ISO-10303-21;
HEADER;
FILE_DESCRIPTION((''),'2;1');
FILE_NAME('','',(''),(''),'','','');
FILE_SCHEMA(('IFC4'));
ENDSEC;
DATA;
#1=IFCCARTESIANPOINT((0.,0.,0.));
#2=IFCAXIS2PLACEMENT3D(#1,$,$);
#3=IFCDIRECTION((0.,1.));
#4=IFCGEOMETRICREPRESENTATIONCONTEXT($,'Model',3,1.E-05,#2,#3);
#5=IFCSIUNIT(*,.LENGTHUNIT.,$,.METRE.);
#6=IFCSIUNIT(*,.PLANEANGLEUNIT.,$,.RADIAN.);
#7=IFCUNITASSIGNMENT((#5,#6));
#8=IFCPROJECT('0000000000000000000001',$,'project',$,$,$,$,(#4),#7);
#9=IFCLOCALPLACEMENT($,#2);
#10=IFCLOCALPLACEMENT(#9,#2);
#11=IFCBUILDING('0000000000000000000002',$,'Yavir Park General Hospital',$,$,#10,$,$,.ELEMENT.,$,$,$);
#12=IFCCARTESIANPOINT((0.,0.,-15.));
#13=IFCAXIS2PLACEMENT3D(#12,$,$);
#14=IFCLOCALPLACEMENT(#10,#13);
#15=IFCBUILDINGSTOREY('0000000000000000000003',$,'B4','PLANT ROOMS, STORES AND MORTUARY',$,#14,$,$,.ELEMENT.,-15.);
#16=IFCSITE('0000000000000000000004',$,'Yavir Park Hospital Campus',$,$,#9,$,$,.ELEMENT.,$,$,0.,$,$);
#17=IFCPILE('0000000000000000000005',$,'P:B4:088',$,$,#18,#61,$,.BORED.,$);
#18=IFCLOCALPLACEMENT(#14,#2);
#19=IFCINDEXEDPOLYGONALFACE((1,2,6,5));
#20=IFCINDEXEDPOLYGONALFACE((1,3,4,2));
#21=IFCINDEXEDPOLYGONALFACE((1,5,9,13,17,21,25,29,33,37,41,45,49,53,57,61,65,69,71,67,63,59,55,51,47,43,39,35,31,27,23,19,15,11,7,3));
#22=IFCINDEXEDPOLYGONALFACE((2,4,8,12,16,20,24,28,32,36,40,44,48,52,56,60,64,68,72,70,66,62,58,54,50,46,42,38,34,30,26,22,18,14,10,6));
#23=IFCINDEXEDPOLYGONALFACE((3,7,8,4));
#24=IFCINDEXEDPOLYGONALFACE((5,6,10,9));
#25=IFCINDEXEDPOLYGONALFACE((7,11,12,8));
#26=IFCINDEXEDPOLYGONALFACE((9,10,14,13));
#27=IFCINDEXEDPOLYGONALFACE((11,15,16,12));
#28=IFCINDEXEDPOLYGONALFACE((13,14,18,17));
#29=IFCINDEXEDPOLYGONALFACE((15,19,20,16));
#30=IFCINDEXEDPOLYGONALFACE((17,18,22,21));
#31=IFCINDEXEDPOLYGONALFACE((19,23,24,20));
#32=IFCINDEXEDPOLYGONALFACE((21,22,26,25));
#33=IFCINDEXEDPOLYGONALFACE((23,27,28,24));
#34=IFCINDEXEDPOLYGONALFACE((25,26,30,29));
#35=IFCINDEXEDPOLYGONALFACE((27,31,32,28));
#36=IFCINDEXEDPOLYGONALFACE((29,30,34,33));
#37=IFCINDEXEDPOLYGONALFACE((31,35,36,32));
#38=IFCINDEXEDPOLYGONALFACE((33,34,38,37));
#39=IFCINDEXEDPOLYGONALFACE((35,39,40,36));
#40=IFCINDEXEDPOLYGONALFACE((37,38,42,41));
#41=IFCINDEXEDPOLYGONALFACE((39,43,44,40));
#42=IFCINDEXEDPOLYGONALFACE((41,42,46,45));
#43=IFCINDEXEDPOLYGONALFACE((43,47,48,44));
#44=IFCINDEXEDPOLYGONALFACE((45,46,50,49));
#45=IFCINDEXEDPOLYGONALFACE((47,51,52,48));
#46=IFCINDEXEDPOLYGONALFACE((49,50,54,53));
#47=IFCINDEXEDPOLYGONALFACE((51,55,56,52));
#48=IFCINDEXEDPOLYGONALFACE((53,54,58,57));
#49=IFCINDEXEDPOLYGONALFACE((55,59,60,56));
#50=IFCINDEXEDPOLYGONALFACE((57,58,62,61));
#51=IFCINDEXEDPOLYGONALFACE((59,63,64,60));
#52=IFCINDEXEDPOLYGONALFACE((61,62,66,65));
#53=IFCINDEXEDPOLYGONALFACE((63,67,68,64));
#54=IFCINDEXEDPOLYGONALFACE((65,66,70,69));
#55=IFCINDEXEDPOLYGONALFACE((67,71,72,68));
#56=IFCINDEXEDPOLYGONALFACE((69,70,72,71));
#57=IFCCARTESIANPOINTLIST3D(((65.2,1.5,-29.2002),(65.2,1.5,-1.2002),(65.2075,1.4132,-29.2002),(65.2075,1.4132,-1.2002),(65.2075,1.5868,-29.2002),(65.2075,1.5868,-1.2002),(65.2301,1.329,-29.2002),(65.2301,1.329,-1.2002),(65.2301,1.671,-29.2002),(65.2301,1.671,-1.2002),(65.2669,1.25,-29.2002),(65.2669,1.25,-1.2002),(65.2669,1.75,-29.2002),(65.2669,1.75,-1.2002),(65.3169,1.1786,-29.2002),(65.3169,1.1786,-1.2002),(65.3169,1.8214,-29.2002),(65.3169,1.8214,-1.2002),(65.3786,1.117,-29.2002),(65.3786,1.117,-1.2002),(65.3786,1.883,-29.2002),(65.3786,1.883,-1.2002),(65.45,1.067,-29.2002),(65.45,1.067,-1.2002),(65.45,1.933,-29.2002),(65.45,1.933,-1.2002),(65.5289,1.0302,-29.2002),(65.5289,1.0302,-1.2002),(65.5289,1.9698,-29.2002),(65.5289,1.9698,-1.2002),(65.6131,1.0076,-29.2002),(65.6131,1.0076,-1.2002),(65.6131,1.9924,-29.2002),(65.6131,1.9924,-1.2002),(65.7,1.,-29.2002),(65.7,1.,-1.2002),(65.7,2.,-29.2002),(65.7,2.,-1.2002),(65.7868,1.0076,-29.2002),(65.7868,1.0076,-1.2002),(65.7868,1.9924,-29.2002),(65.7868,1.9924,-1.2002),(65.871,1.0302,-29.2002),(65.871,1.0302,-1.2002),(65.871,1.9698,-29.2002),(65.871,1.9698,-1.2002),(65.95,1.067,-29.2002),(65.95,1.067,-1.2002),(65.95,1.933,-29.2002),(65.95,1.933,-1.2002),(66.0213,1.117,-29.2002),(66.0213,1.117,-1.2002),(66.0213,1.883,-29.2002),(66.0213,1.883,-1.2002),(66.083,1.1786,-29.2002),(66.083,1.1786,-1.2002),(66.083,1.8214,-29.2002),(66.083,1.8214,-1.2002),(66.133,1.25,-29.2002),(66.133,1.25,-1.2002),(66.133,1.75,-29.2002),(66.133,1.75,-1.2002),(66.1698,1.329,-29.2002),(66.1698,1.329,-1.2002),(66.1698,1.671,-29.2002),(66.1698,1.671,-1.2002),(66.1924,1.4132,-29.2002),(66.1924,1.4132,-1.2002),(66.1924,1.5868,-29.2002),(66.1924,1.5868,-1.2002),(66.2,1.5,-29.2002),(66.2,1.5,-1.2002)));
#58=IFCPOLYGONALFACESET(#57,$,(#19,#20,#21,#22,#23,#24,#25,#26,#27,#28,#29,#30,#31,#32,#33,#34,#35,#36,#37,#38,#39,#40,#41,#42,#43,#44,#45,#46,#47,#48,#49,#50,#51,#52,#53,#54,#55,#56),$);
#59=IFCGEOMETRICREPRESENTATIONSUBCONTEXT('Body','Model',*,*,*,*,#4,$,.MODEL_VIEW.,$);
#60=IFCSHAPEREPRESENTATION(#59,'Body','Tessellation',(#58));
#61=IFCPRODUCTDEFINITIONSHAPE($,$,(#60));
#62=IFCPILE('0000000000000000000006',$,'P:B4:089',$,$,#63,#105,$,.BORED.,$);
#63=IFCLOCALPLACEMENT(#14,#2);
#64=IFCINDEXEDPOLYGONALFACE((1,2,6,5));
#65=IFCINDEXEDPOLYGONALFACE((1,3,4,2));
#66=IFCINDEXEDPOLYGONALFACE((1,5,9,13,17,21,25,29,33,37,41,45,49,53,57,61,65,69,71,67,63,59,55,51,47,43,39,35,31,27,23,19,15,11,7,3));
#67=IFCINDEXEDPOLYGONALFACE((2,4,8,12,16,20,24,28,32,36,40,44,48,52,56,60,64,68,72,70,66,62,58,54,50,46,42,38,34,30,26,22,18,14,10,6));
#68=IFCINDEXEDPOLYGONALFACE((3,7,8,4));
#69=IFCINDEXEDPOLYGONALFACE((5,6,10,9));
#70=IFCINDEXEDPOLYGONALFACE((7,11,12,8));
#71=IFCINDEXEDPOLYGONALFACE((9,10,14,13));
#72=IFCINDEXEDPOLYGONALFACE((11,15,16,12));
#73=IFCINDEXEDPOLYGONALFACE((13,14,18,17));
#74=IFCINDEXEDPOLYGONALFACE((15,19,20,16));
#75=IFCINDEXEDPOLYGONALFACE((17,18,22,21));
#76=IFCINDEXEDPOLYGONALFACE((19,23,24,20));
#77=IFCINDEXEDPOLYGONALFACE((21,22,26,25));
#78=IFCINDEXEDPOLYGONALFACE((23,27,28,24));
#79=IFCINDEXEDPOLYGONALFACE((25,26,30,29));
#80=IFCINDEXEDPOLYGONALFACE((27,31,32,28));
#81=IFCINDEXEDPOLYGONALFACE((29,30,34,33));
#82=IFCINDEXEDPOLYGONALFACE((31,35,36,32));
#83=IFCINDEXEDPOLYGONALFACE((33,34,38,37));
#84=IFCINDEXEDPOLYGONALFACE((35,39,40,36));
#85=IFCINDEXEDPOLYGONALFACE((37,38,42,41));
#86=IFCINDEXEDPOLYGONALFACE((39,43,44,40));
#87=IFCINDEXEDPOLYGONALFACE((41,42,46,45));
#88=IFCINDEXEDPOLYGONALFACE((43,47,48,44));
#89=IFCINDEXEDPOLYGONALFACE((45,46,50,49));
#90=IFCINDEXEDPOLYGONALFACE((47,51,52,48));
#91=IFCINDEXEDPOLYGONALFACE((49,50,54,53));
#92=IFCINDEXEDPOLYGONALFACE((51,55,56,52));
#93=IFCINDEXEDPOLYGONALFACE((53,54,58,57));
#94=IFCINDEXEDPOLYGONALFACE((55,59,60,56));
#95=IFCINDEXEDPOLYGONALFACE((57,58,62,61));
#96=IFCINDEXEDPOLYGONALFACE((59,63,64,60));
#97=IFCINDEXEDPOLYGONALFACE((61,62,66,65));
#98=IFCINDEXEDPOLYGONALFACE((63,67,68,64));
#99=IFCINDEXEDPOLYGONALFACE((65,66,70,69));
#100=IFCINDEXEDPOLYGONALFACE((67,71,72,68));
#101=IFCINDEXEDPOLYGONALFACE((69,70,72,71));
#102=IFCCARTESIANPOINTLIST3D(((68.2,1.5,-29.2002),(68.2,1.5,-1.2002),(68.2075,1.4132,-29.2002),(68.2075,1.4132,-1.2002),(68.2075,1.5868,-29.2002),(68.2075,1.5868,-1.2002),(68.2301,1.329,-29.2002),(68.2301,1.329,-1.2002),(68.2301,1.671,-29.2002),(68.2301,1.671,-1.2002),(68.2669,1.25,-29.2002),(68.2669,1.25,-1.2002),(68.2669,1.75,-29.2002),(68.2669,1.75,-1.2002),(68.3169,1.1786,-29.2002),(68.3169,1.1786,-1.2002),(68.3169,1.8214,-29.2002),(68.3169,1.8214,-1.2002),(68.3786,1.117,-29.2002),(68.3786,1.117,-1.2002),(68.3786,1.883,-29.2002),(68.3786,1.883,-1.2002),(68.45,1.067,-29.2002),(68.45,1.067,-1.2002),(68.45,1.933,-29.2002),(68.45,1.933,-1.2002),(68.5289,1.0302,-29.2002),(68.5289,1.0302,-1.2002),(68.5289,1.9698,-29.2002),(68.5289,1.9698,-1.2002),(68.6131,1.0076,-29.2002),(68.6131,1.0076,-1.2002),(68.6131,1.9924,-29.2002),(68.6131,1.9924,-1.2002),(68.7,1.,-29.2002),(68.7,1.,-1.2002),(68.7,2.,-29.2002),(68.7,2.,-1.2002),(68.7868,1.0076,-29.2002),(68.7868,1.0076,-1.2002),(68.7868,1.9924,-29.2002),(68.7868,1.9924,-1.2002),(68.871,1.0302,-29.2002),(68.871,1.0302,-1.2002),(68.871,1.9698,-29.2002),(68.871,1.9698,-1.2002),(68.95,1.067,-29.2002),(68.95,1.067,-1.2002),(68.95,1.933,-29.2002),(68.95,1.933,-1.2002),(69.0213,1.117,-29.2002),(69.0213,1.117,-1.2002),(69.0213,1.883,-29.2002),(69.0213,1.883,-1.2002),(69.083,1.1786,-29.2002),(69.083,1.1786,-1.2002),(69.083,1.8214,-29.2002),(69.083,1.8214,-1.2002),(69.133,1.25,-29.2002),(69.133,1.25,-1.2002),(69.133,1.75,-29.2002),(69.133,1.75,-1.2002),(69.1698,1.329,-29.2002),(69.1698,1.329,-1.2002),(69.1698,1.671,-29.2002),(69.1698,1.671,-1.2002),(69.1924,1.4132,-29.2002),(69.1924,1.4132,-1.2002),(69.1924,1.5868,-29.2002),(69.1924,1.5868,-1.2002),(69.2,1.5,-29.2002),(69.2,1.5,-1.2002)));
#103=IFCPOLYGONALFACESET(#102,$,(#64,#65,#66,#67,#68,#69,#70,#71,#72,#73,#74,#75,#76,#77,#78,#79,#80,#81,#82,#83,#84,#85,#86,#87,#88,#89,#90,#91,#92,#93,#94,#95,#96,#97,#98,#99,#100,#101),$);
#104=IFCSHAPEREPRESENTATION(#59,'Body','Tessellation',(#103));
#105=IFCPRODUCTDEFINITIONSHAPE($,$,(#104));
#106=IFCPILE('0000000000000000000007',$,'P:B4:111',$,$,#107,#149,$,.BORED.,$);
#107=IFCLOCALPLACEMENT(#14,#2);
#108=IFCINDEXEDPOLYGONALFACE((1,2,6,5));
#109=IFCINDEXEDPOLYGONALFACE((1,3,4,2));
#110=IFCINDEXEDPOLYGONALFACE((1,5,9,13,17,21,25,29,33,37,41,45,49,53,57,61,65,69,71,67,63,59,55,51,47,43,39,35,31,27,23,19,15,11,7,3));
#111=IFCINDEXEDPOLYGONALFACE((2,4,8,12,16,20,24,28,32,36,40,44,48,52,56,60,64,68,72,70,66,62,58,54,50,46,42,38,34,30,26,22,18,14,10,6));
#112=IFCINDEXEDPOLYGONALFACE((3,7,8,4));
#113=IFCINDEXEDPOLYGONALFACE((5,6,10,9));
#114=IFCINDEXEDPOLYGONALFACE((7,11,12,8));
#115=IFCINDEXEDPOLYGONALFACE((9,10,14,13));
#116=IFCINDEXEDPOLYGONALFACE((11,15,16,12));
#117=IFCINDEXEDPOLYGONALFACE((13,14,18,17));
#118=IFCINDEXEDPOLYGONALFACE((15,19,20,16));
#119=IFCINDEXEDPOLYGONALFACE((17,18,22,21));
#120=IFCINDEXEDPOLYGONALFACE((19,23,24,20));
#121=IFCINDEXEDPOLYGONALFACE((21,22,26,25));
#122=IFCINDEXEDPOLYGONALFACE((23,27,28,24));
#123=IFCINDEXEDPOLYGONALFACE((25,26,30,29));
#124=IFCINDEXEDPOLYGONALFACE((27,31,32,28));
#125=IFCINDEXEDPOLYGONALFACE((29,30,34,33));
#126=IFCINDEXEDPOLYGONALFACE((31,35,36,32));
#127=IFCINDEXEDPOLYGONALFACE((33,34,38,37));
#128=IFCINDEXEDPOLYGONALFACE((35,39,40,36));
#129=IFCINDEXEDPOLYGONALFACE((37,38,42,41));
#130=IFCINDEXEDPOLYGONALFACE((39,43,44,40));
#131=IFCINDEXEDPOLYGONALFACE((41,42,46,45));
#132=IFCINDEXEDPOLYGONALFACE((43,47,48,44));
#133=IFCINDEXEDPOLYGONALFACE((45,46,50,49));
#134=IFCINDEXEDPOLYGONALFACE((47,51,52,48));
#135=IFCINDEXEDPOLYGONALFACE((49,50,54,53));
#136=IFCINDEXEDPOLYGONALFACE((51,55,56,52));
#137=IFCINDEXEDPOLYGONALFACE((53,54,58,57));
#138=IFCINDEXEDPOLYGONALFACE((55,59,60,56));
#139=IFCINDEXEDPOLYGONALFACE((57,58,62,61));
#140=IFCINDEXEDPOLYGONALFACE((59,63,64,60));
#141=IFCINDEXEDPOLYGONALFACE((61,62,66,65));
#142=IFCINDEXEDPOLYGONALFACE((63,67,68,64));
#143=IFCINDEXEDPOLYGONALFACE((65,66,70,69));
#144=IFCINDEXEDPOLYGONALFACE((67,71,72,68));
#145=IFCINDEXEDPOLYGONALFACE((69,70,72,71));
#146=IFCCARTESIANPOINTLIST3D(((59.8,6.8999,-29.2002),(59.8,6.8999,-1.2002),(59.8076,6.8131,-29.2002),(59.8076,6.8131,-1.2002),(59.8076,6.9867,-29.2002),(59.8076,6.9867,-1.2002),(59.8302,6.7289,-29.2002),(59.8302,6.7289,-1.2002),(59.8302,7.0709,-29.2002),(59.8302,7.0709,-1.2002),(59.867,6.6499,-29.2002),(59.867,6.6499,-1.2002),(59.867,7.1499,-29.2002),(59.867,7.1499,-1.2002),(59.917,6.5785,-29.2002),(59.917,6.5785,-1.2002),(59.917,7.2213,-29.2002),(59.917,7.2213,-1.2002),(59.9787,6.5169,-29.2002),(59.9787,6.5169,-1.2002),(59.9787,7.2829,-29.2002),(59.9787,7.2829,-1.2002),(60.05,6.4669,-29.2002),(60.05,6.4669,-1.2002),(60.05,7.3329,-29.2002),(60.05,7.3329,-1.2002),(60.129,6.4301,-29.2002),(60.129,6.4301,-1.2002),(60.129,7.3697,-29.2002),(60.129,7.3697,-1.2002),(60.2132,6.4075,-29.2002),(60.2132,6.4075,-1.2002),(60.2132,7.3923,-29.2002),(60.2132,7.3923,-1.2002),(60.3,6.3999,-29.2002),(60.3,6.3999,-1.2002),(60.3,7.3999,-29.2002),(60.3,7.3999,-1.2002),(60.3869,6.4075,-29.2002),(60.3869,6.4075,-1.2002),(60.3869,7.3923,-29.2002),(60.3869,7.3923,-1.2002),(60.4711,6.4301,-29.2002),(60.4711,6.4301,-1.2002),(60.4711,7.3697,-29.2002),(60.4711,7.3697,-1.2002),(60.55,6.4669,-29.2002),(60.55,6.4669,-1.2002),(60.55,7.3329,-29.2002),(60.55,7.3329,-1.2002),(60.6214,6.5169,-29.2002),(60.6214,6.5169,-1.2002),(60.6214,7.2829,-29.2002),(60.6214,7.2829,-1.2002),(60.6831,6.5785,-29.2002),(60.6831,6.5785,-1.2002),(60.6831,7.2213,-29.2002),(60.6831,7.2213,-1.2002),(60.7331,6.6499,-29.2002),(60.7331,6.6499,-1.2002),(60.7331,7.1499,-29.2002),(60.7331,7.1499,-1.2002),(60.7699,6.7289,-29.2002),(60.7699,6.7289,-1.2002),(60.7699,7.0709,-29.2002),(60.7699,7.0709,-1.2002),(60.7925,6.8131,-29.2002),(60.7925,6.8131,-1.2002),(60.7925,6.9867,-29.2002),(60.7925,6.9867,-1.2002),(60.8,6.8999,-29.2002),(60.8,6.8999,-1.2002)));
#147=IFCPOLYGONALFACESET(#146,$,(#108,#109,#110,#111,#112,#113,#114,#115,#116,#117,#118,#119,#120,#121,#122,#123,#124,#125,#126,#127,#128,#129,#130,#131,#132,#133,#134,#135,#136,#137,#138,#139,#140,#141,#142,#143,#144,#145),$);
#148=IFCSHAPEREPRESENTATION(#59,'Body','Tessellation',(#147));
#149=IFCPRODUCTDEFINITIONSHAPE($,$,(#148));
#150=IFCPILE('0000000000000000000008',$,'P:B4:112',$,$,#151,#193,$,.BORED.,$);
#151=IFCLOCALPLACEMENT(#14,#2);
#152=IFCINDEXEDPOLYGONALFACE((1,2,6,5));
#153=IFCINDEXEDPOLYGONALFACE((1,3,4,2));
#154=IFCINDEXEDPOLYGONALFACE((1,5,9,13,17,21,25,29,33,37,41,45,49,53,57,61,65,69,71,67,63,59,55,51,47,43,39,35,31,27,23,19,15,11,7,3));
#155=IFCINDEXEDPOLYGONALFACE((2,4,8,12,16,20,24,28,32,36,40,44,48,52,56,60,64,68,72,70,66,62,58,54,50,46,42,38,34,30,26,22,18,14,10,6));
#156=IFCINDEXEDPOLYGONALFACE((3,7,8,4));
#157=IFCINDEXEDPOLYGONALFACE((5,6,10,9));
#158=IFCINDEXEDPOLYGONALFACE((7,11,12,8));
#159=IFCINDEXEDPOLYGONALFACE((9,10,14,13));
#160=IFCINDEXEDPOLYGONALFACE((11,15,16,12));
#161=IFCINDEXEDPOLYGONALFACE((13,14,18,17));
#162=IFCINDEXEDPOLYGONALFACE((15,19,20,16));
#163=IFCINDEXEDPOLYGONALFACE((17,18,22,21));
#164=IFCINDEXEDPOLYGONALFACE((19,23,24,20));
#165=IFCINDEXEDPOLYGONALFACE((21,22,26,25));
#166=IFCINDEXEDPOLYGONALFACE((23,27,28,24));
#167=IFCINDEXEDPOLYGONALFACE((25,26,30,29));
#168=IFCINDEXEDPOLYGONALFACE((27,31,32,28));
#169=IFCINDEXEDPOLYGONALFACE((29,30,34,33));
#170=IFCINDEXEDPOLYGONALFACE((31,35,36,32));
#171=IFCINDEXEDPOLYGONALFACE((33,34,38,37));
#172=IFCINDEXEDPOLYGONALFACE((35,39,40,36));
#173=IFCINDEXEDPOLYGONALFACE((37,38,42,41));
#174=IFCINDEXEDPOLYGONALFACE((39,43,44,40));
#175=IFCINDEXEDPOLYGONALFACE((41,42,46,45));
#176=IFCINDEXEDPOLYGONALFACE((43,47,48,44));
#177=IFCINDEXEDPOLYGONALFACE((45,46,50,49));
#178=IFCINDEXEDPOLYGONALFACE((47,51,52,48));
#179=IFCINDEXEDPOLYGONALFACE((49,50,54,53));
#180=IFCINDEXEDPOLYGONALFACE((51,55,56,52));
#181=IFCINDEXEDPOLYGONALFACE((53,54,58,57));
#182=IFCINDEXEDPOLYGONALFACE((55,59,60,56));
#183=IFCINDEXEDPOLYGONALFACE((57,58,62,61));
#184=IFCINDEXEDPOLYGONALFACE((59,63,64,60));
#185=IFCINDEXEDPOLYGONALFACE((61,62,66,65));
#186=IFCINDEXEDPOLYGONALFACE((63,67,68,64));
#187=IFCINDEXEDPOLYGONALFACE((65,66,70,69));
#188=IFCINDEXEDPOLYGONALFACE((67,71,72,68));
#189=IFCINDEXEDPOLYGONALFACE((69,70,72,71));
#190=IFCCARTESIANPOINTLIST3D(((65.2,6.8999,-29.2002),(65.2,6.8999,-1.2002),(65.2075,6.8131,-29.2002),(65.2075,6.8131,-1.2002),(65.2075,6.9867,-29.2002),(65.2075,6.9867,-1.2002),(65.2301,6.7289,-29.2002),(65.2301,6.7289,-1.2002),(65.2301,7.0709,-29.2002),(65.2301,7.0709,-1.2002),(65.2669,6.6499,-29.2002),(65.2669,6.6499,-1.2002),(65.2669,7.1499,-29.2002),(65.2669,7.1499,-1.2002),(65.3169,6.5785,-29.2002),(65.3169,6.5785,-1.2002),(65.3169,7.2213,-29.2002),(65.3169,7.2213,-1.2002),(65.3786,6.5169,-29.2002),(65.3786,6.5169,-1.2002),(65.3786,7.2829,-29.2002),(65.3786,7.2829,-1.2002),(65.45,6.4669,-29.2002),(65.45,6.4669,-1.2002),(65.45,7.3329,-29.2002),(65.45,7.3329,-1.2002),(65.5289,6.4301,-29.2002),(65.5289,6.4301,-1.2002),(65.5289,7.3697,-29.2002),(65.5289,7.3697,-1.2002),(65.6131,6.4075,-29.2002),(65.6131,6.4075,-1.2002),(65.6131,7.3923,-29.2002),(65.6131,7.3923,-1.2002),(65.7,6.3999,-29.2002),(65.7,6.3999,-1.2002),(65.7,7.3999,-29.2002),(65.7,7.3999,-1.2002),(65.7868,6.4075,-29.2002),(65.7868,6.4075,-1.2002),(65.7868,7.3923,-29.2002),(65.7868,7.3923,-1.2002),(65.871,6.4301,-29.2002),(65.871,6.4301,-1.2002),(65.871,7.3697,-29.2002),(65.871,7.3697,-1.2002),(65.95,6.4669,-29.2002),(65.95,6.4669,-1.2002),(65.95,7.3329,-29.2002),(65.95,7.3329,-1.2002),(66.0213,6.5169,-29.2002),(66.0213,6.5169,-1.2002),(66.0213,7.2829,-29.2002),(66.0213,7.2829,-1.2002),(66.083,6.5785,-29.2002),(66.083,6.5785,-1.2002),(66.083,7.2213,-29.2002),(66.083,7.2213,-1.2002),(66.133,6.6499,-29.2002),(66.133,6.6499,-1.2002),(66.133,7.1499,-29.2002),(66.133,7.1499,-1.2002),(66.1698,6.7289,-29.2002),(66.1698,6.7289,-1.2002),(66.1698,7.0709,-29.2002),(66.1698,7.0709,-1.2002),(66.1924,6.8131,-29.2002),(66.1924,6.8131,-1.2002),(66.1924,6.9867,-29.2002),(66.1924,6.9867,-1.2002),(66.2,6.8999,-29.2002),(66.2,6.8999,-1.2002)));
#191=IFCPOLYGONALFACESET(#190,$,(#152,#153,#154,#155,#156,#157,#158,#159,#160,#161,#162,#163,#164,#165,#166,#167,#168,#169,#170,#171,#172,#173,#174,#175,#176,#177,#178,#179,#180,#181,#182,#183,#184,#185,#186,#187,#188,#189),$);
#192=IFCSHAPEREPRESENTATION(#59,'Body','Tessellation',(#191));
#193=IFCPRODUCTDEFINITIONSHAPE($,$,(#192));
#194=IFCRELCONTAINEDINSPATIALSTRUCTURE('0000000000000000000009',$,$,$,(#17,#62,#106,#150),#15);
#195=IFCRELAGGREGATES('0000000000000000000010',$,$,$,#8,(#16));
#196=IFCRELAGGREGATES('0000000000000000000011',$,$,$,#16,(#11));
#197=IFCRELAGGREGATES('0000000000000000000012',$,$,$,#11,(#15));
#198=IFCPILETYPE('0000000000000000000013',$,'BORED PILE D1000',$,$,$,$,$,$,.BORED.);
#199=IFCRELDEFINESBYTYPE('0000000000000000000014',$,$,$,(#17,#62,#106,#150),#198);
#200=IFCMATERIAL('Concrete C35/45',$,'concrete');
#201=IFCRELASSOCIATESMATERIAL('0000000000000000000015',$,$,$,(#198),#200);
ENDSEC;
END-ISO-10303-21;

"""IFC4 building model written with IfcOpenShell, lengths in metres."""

from ifc_helpers import new_model, si_unit, direction, frame, origin, origin_2d, place, context, subcontext, project, spatial, circle, extrude, material, material_profile, profile_set, type_object, element, save


model = new_model("IFC4")

# Units and contexts
model_context = context("Model", 3, precision=1e-05, world=origin(), true_north=direction((0.0, 1.0)))
body_context = subcontext(model_context, "Body", "Model", "MODEL_VIEW")
ifc_project = project(units=[si_unit("LENGTHUNIT", "METRE"), si_unit("PLANEANGLEUNIT", "RADIAN")], contexts=[model_context])

# Site, building, storey
site_placement = place(None, origin())
site = spatial("IfcSite", under=ifc_project, at=site_placement, Name="Yavir Park Hospital Campus", CompositionType="ELEMENT", RefElevation=0.0)
building_placement = place(site_placement, origin())
building = spatial("IfcBuilding", under=site, at=building_placement, Name="Yavir Park General Hospital", CompositionType="ELEMENT")
storey_placement = place(building_placement, frame((0.0, 0.0, -15.0)))
storey = spatial("IfcBuildingStorey", under=building, at=storey_placement, Name="B4", Description="PLANT ROOMS, STORES AND MORTUARY", CompositionType="ELEMENT", Elevation=-15.0)

# Piles
ifc_material_1 = material(Name="Concrete C35/45", Category="concrete")
ifc_material_profile_1 = material_profile(ifc_material_1, circle(Radius=0.5, at=origin_2d()), Name="D1000")
ifc_profile_set_1 = profile_set([ifc_material_profile_1], Name="Concrete C35/45")
pile_type_1 = type_object("IfcPileType", Name="BORED PILE D1000", PredefinedType="BORED", material=ifc_profile_set_1)
for number, where, z_axis, x_axis, name in (
    (1, (65.7, 1.5, -1.2002), (0.0, 0.0, -1.0), (1.0, 0.0, 0.0), "P:B4:088"),
    (2, (68.7, 1.5, -1.2002), (0.0, 0.0, -1.0), (1.0, 0.0, 0.0), "P:B4:089"),
    (3, (60.3, 6.8999, -1.2002), (0.0, 0.0, -1.0), (1.0, 0.0, 0.0), "P:B4:111"),
    (4, (65.7, 6.8999, -1.2002), (0.0, 0.0, -1.0), (1.0, 0.0, 0.0), "P:B4:112"),
):
    element("IfcPile", number, at=place(storey_placement, frame(where, z_axis=z_axis, x_axis=x_axis)), inside=storey, type_object=pile_type_1, Name=name, PredefinedType="BORED", context=body_context, shape_type="SweptSolid", body=[
        extrude(circle(Radius=0.5, at=origin_2d()), origin(), (0.0, 0.0, 1.0), 28.0),
    ])

save(model, "model.ifc")
